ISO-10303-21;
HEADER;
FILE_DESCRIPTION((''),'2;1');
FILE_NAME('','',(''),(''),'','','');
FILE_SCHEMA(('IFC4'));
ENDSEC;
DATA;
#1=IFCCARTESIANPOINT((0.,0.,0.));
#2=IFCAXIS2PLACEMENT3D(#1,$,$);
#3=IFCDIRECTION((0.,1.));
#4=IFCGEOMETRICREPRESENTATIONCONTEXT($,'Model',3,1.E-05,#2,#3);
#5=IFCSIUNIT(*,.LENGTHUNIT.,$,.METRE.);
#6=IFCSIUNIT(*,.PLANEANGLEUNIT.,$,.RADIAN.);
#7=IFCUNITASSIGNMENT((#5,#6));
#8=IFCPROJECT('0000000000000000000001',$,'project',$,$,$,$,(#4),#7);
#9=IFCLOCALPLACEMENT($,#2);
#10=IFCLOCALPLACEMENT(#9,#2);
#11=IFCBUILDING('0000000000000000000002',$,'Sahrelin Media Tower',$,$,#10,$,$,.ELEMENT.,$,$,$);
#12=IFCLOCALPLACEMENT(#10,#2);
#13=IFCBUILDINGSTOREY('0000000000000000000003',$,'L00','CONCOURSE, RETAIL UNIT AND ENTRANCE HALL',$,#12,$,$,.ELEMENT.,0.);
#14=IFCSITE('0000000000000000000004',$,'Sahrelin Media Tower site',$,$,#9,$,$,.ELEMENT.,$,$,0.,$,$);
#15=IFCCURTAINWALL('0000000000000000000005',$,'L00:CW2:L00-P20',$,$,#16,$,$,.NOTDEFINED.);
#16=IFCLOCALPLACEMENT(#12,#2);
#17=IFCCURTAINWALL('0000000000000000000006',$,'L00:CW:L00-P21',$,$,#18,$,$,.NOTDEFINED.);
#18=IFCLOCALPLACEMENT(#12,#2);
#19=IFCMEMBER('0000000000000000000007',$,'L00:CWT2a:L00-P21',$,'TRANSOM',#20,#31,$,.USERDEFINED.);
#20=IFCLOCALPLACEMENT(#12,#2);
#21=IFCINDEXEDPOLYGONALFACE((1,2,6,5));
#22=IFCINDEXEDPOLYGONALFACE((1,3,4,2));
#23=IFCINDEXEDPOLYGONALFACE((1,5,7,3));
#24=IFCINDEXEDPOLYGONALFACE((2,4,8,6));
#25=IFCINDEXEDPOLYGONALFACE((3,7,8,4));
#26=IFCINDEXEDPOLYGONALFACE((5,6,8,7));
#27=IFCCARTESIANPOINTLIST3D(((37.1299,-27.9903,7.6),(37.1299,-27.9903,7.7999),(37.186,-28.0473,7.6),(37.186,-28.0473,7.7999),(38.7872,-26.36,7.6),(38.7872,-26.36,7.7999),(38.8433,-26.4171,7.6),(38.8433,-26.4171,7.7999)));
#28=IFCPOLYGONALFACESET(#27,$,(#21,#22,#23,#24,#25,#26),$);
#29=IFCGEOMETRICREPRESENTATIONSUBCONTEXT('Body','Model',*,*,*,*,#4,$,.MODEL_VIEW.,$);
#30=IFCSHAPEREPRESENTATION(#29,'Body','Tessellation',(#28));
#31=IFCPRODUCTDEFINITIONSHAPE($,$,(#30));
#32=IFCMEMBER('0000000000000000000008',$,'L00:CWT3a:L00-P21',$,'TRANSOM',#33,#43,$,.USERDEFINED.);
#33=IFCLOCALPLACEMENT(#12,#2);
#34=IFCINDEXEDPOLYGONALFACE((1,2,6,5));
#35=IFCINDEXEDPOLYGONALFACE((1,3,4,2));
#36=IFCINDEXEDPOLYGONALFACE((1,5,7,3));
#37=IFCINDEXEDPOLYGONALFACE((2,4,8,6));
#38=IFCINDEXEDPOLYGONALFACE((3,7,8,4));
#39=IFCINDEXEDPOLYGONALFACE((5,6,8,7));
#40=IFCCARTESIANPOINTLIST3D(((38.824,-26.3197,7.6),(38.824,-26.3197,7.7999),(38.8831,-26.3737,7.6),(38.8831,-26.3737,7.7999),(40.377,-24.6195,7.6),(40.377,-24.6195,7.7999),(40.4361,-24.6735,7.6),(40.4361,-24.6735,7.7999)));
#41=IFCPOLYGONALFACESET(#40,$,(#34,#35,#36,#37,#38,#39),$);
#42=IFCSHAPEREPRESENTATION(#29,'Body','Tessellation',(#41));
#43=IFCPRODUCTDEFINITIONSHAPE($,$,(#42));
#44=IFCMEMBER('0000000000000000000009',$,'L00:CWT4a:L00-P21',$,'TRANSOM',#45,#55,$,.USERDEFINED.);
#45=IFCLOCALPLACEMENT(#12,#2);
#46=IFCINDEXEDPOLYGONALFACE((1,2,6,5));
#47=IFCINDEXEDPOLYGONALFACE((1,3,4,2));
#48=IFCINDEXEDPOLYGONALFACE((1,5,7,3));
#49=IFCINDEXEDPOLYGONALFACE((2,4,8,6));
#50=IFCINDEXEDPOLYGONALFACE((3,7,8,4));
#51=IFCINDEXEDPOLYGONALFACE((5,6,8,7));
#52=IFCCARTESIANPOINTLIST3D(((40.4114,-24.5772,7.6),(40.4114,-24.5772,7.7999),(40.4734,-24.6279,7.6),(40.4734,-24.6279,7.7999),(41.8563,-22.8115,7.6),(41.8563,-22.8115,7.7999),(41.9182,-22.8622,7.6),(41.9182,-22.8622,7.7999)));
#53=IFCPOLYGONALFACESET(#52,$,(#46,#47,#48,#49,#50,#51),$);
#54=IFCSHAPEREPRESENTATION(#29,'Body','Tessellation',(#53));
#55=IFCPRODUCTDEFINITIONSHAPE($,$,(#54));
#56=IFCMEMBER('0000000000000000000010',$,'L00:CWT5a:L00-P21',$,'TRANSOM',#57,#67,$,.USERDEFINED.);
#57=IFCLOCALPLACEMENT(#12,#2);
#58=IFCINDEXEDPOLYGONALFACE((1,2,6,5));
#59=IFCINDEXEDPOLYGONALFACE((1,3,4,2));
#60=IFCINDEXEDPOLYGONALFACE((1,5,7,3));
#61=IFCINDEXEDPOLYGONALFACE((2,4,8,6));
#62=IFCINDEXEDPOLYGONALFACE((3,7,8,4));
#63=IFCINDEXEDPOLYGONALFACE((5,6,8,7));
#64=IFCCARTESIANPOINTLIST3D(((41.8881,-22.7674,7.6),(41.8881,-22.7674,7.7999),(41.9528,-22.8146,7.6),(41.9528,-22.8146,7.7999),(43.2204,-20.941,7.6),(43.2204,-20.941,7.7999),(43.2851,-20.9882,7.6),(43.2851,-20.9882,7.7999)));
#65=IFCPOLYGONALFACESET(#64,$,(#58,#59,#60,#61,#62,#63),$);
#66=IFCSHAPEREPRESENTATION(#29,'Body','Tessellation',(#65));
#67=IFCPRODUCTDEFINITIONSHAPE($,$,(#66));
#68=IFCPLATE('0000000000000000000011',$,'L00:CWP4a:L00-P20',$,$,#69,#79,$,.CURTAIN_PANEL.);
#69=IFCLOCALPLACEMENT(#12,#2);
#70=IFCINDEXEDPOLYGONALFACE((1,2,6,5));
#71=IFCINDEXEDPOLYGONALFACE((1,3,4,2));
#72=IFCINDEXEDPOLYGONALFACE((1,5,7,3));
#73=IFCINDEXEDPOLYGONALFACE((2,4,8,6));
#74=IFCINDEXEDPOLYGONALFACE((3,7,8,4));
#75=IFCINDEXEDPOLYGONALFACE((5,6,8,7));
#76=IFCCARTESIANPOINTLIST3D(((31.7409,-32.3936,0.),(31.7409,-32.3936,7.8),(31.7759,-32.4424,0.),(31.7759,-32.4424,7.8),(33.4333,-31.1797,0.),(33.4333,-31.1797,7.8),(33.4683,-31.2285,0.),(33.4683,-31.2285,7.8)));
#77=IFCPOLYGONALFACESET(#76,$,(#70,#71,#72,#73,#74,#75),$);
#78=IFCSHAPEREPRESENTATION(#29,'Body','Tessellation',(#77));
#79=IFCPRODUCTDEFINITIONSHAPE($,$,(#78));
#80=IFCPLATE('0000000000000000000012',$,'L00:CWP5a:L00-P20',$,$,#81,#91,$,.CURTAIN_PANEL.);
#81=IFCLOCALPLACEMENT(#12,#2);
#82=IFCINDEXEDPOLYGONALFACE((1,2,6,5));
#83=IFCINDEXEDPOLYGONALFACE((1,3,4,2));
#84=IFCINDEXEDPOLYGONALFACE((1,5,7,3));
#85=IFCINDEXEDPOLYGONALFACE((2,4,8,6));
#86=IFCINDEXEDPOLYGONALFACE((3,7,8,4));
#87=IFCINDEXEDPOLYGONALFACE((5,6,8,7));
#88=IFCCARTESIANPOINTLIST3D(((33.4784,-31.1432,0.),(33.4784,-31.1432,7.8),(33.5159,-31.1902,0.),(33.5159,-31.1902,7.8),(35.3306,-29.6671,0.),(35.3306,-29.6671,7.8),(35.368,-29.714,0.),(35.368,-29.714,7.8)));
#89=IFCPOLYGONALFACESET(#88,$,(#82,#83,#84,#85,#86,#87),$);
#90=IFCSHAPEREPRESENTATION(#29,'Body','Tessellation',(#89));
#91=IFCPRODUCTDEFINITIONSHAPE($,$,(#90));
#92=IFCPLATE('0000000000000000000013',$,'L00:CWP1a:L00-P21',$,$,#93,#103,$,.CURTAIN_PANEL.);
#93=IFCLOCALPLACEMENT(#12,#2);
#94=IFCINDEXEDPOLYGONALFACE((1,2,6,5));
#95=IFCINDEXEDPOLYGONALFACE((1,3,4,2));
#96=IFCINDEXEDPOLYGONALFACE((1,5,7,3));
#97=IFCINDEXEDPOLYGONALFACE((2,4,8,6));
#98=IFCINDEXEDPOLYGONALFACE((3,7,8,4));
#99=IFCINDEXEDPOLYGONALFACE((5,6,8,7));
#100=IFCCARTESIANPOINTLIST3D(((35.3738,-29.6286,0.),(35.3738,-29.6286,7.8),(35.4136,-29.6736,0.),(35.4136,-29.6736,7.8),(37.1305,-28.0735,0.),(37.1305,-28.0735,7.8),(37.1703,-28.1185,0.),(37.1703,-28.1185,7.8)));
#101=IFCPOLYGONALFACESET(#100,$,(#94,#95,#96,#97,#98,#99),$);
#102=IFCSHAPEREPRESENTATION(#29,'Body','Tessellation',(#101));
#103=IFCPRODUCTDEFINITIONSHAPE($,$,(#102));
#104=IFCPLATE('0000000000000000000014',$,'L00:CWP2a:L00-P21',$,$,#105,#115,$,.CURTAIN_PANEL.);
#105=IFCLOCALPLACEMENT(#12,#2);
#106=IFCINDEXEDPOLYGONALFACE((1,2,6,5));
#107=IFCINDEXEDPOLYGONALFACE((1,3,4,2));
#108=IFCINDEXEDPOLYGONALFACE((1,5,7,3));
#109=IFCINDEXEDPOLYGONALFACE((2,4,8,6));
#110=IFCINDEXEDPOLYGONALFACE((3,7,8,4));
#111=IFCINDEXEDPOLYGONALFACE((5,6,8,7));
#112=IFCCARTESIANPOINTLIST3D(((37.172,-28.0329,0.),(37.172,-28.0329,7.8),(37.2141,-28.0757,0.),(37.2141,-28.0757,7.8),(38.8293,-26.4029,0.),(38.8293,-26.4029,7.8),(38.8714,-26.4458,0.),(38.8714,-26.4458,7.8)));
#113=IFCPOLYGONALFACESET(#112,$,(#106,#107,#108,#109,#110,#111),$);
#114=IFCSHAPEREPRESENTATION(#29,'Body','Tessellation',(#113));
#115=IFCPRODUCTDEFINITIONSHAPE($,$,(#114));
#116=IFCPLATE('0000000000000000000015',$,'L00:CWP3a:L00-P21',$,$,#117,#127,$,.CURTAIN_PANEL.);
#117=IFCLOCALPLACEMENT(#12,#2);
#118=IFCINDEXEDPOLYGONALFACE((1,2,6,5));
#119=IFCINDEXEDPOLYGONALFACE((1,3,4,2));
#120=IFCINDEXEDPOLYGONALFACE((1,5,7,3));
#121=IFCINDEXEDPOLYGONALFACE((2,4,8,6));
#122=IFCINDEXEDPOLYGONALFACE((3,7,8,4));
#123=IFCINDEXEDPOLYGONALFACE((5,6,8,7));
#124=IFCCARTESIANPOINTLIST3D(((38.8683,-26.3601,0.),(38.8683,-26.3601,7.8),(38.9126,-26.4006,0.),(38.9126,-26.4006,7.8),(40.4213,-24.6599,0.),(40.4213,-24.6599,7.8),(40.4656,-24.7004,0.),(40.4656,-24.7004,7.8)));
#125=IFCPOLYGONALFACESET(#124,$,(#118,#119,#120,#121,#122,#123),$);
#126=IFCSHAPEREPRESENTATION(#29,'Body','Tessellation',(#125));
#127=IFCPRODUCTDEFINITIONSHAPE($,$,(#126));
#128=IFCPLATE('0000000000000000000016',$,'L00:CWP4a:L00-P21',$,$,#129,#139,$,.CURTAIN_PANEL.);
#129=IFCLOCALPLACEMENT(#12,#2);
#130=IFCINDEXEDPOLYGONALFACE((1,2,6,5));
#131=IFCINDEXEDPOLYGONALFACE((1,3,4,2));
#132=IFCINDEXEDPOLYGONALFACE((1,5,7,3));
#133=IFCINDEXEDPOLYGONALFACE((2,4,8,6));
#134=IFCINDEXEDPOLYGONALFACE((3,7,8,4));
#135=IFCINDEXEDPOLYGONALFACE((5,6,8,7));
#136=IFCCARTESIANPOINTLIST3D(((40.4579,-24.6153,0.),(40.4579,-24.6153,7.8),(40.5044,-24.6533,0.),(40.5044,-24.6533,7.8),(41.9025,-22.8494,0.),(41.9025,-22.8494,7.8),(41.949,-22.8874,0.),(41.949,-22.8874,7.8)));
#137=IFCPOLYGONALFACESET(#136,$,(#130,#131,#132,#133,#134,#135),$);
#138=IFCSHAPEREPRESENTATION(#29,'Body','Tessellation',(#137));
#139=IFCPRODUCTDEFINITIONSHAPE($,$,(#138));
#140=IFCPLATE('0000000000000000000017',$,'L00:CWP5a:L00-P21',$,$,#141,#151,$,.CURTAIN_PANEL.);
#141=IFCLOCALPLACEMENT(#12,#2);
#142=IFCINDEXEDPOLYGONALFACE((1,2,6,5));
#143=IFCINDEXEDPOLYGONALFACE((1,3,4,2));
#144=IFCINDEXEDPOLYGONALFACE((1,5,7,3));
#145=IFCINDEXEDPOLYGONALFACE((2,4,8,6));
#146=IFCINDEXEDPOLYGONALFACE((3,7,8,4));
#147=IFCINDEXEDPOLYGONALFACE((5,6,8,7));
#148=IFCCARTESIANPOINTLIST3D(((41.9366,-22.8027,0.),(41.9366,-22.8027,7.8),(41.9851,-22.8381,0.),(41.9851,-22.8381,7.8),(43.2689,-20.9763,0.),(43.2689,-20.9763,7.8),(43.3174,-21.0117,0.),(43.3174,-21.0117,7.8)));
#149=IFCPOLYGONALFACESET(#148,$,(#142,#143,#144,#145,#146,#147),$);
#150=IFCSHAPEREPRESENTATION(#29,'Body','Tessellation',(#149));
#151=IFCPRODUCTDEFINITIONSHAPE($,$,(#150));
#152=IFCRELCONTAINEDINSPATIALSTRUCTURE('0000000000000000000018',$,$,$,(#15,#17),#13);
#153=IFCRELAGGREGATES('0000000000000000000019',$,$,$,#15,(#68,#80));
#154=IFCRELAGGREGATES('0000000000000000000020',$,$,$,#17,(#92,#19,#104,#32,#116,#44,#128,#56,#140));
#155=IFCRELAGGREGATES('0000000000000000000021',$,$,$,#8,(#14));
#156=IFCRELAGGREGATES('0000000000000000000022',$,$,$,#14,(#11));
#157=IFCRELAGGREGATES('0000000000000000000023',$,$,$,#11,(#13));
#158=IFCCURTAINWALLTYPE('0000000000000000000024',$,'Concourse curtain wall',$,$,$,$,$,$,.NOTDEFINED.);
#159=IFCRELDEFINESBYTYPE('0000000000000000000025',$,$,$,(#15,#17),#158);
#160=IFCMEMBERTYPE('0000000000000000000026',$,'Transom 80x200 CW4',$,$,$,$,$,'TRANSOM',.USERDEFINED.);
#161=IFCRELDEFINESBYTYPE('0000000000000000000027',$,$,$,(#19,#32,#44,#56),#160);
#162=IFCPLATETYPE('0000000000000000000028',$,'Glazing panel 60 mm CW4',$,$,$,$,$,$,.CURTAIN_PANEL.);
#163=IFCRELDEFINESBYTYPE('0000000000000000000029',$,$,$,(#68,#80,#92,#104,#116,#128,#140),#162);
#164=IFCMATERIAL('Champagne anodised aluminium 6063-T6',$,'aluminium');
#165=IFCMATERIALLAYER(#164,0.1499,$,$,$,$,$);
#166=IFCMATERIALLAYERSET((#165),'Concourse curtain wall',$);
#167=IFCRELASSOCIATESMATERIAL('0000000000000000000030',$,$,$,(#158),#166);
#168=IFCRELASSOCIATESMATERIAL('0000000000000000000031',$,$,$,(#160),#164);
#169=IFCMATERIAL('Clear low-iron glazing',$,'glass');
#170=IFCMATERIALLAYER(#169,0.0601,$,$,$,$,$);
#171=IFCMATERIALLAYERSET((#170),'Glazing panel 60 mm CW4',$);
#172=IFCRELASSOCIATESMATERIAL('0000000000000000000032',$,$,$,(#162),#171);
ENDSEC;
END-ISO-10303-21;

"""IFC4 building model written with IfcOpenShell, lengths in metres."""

from ifc_helpers import new_model, si_unit, direction, frame, origin, origin_2d, place, context, subcontext, project, spatial, polyline, rectangle, outline, extrude, material, layer, layer_set, material_profile, profile_set, type_object, element, aggregate, save


model = new_model("IFC4")

# Units and contexts
model_context = context("Model", 3, precision=1e-05, world=origin(), true_north=direction((0.0, 1.0)))
body_context = subcontext(model_context, "Body", "Model", "MODEL_VIEW")
ifc_project = project(units=[si_unit("LENGTHUNIT", "METRE"), si_unit("PLANEANGLEUNIT", "RADIAN")], contexts=[model_context])

# Site, building, storey
site_placement = place(None, origin())
site = spatial("IfcSite", under=ifc_project, at=site_placement, Name="Sahrelin Media Tower site", CompositionType="ELEMENT", RefElevation=0.0)
building_placement = place(site_placement, origin())
building = spatial("IfcBuilding", under=site, at=building_placement, Name="Sahrelin Media Tower", CompositionType="ELEMENT")
storey_placement = place(building_placement, origin())
storey = spatial("IfcBuildingStorey", under=building, at=storey_placement, Name="L00", Description="CONCOURSE, RETAIL UNIT AND ENTRANCE HALL", CompositionType="ELEMENT", Elevation=0.0)

# Curtain wall
ifc_material_1 = material(Name="Champagne anodised aluminium 6063-T6", Category="aluminium")
ifc_layer_1 = layer(ifc_material_1, 0.1499)
ifc_layer_set_1 = layer_set([ifc_layer_1], Name="Concourse curtain wall")
curtain_wall_type = type_object("IfcCurtainWallType", Name="Concourse curtain wall", PredefinedType="NOTDEFINED", material=ifc_layer_set_1)
curtain_wall_1_placement = place(storey_placement, frame((31.7642, -32.426, 0.0), z_axis=(0.0, 0.0, 1.0), x_axis=(1.0, 0.0, 0.0)))
curtain_wall_1 = element("IfcCurtainWall", 1, at=curtain_wall_1_placement, inside=storey, type_object=curtain_wall_type, Name="L00:CW2:L00-P20", PredefinedType="NOTDEFINED")

# Curtain wall
curtain_wall_2_placement = place(storey_placement, frame((35.3552, -29.6985, 0.0), z_axis=(0.0, 0.0, 1.0), x_axis=(1.0, 0.0, 0.0)))
curtain_wall_2 = element("IfcCurtainWall", 2, at=curtain_wall_2_placement, inside=storey, type_object=curtain_wall_type, Name="L00:CW:L00-P21", PredefinedType="NOTDEFINED")

# Members
ifc_material_profile_1 = material_profile(ifc_material_1, rectangle(XDim=0.0801, YDim=0.2, at=origin_2d()), Name="Transom 80x200")
ifc_profile_set_1 = profile_set([ifc_material_profile_1], Name="Champagne anodised aluminium 6063-T6")
member_type_1 = type_object("IfcMemberType", Name="Transom 80x200 CW4", ElementType="TRANSOM", PredefinedType="USERDEFINED", material=ifc_profile_set_1)
member_1_placement = place(storey_placement, frame((37.158, -28.0188, 7.7), z_axis=(0.712912, 0.701254, 0.0), x_axis=(-0.701254, 0.712912, 0.0)))
member_1 = element("IfcMember", 3, at=member_1_placement, type_object=member_type_1, Name="L00:CWT2a:L00-P21", ObjectType="TRANSOM", PredefinedType="USERDEFINED", context=body_context, shape_type="SweptSolid", body=[
    extrude(rectangle(XDim=0.0801, YDim=0.2, at=origin_2d()), origin(), (0.0, 0.0, 1.0), 2.3247),
])
member_2_placement = place(storey_placement, frame((38.8535, -26.3467, 7.7), z_axis=(0.674418, 0.73835, 0.0), x_axis=(-0.73835, 0.674418, 0.0)))
member_2 = element("IfcMember", 4, at=member_2_placement, type_object=member_type_1, Name="L00:CWT3a:L00-P21", ObjectType="TRANSOM", PredefinedType="USERDEFINED", context=body_context, shape_type="SweptSolid", body=[
    extrude(rectangle(XDim=0.0801, YDim=0.2, at=origin_2d()), origin(), (0.0, 0.0, 1.0), 2.3027),
])
member_3_placement = place(storey_placement, frame((40.4424, -24.6025, 7.7), z_axis=(0.633296, 0.77391, 0.0), x_axis=(-0.77391, 0.633296, 0.0)))
member_3 = element("IfcMember", 5, at=member_3_placement, type_object=member_type_1, Name="L00:CWT4a:L00-P21", ObjectType="TRANSOM", PredefinedType="USERDEFINED", context=body_context, shape_type="SweptSolid", body=[
    extrude(rectangle(XDim=0.0801, YDim=0.2, at=origin_2d()), origin(), (0.0, 0.0, 1.0), 2.2815),
])
member_4_placement = place(storey_placement, frame((41.9204, -22.791, 7.7), z_axis=(0.589321, 0.807899, 0.0), x_axis=(-0.807899, 0.589321, 0.0)))
member_4 = element("IfcMember", 6, at=member_4_placement, type_object=member_type_1, Name="L00:CWT5a:L00-P21", ObjectType="TRANSOM", PredefinedType="USERDEFINED", context=body_context, shape_type="SweptSolid", body=[
    extrude(rectangle(XDim=0.0801, YDim=0.2, at=origin_2d()), origin(), (0.0, 0.0, 1.0), 2.2607),
])

# Plates
ifc_material_2 = material(Name="Clear low-iron glazing", Category="glass")
ifc_layer_2 = layer(ifc_material_2, 0.0601)
ifc_layer_set_2 = layer_set([ifc_layer_2], Name="Glazing panel 60 mm CW4")
plate_type = type_object("IfcPlateType", Name="Glazing panel 60 mm CW4", PredefinedType="CURTAIN_PANEL", material=ifc_layer_set_2)
plate_1_placement = place(storey_placement, frame((31.7759, -32.4424, 0.0), z_axis=(0.582834, -0.812591, 0.0), x_axis=(0.812591, 0.582834, 0.0)))
plate_1 = element("IfcPlate", 7, at=plate_1_placement, type_object=plate_type, Name="L00:CWP4a:L00-P20", PredefinedType="CURTAIN_PANEL", context=body_context, shape_type="SweptSolid", body=[
    extrude(outline(polyline([(0.0, 0.0), (2.0828, 0.0), (2.0828, 7.8), (0.0, 7.8), (0.0, 0.0)])), origin(), (0.0, 0.0, -1.0), 0.0601),
])
plate_2_placement = place(storey_placement, frame((33.5159, -31.1902, 0.0), z_axis=(0.623261, -0.782014, 0.0), x_axis=(0.782014, 0.623261, 0.0)))
plate_2 = element("IfcPlate", 8, at=plate_2_placement, type_object=plate_type, Name="L00:CWP5a:L00-P20", PredefinedType="CURTAIN_PANEL", context=body_context, shape_type="SweptSolid", body=[
    extrude(outline(polyline([(0.0, 0.0), (2.3684, 0.0), (2.3684, 7.8), (0.0, 7.8), (0.0, 0.0)])), origin(), (0.0, 0.0, -1.0), 0.0601),
])
aggregate(curtain_wall_1, [plate_1, plate_2])
plate_3_placement = place(storey_placement, frame((35.4136, -29.6736, 0.0), z_axis=(0.662825, -0.748774, 0.0), x_axis=(0.748774, 0.662825, 0.0)))
plate_3 = element("IfcPlate", 9, at=plate_3_placement, type_object=plate_type, Name="L00:CWP1a:L00-P21", PredefinedType="CURTAIN_PANEL", context=body_context, shape_type="SweptSolid", body=[
    extrude(outline(polyline([(0.0, 0.0), (2.3462, 0.0), (2.3462, 7.8), (0.0, 7.8), (0.0, 0.0)])), origin(), (0.0, 0.0, -1.0), 0.0601),
])
plate_4_placement = place(storey_placement, frame((37.2141, -28.0757, 0.0), z_axis=(0.7012, -0.712964, 0.0), x_axis=(0.712964, 0.7012, 0.0)))
plate_4 = element("IfcPlate", 10, at=plate_4_placement, type_object=plate_type, Name="L00:CWP2a:L00-P21", PredefinedType="CURTAIN_PANEL", context=body_context, shape_type="SweptSolid", body=[
    extrude(outline(polyline([(0.0, 0.0), (2.3245, 0.0), (2.3245, 7.8), (0.0, 7.8), (0.0, 0.0)])), origin(), (0.0, 0.0, -1.0), 0.0601),
])
plate_5_placement = place(storey_placement, frame((38.9126, -26.4006, 0.0), z_axis=(0.73835, -0.674418, 0.0), x_axis=(0.674418, 0.73835, 0.0)))
plate_5 = element("IfcPlate", 11, at=plate_5_placement, type_object=plate_type, Name="L00:CWP3a:L00-P21", PredefinedType="CURTAIN_PANEL", context=body_context, shape_type="SweptSolid", body=[
    extrude(outline(polyline([(0.0, 0.0), (2.3027, 0.0), (2.3027, 7.8), (0.0, 7.8), (0.0, 0.0)])), origin(), (0.0, 0.0, -1.0), 0.0601),
])
plate_6_placement = place(storey_placement, frame((40.5044, -24.6533, 0.0), z_axis=(0.774005, -0.63318, 0.0), x_axis=(0.63318, 0.774005, 0.0)))
plate_6 = element("IfcPlate", 12, at=plate_6_placement, type_object=plate_type, Name="L00:CWP4a:L00-P21", PredefinedType="CURTAIN_PANEL", context=body_context, shape_type="SweptSolid", body=[
    extrude(outline(polyline([(0.0, 0.0), (2.2815, 0.0), (2.2815, 7.8), (0.0, 7.8), (0.0, 0.0)])), origin(), (0.0, 0.0, -1.0), 0.0601),
])
plate_7_placement = place(storey_placement, frame((41.9851, -22.8381, 0.0), z_axis=(0.807899, -0.589321, 0.0), x_axis=(0.589321, 0.807899, 0.0)))
plate_7 = element("IfcPlate", 13, at=plate_7_placement, type_object=plate_type, Name="L00:CWP5a:L00-P21", PredefinedType="CURTAIN_PANEL", context=body_context, shape_type="SweptSolid", body=[
    extrude(outline(polyline([(0.0, 0.0), (2.2607, 0.0), (2.2607, 7.8), (0.0, 7.8), (0.0, 0.0)])), origin(), (0.0, 0.0, -1.0), 0.0601),
])
aggregate(curtain_wall_2, [plate_3, member_1, plate_4, member_2, plate_5, member_3, plate_6, member_4, plate_7])

save(model, "model.ifc")
